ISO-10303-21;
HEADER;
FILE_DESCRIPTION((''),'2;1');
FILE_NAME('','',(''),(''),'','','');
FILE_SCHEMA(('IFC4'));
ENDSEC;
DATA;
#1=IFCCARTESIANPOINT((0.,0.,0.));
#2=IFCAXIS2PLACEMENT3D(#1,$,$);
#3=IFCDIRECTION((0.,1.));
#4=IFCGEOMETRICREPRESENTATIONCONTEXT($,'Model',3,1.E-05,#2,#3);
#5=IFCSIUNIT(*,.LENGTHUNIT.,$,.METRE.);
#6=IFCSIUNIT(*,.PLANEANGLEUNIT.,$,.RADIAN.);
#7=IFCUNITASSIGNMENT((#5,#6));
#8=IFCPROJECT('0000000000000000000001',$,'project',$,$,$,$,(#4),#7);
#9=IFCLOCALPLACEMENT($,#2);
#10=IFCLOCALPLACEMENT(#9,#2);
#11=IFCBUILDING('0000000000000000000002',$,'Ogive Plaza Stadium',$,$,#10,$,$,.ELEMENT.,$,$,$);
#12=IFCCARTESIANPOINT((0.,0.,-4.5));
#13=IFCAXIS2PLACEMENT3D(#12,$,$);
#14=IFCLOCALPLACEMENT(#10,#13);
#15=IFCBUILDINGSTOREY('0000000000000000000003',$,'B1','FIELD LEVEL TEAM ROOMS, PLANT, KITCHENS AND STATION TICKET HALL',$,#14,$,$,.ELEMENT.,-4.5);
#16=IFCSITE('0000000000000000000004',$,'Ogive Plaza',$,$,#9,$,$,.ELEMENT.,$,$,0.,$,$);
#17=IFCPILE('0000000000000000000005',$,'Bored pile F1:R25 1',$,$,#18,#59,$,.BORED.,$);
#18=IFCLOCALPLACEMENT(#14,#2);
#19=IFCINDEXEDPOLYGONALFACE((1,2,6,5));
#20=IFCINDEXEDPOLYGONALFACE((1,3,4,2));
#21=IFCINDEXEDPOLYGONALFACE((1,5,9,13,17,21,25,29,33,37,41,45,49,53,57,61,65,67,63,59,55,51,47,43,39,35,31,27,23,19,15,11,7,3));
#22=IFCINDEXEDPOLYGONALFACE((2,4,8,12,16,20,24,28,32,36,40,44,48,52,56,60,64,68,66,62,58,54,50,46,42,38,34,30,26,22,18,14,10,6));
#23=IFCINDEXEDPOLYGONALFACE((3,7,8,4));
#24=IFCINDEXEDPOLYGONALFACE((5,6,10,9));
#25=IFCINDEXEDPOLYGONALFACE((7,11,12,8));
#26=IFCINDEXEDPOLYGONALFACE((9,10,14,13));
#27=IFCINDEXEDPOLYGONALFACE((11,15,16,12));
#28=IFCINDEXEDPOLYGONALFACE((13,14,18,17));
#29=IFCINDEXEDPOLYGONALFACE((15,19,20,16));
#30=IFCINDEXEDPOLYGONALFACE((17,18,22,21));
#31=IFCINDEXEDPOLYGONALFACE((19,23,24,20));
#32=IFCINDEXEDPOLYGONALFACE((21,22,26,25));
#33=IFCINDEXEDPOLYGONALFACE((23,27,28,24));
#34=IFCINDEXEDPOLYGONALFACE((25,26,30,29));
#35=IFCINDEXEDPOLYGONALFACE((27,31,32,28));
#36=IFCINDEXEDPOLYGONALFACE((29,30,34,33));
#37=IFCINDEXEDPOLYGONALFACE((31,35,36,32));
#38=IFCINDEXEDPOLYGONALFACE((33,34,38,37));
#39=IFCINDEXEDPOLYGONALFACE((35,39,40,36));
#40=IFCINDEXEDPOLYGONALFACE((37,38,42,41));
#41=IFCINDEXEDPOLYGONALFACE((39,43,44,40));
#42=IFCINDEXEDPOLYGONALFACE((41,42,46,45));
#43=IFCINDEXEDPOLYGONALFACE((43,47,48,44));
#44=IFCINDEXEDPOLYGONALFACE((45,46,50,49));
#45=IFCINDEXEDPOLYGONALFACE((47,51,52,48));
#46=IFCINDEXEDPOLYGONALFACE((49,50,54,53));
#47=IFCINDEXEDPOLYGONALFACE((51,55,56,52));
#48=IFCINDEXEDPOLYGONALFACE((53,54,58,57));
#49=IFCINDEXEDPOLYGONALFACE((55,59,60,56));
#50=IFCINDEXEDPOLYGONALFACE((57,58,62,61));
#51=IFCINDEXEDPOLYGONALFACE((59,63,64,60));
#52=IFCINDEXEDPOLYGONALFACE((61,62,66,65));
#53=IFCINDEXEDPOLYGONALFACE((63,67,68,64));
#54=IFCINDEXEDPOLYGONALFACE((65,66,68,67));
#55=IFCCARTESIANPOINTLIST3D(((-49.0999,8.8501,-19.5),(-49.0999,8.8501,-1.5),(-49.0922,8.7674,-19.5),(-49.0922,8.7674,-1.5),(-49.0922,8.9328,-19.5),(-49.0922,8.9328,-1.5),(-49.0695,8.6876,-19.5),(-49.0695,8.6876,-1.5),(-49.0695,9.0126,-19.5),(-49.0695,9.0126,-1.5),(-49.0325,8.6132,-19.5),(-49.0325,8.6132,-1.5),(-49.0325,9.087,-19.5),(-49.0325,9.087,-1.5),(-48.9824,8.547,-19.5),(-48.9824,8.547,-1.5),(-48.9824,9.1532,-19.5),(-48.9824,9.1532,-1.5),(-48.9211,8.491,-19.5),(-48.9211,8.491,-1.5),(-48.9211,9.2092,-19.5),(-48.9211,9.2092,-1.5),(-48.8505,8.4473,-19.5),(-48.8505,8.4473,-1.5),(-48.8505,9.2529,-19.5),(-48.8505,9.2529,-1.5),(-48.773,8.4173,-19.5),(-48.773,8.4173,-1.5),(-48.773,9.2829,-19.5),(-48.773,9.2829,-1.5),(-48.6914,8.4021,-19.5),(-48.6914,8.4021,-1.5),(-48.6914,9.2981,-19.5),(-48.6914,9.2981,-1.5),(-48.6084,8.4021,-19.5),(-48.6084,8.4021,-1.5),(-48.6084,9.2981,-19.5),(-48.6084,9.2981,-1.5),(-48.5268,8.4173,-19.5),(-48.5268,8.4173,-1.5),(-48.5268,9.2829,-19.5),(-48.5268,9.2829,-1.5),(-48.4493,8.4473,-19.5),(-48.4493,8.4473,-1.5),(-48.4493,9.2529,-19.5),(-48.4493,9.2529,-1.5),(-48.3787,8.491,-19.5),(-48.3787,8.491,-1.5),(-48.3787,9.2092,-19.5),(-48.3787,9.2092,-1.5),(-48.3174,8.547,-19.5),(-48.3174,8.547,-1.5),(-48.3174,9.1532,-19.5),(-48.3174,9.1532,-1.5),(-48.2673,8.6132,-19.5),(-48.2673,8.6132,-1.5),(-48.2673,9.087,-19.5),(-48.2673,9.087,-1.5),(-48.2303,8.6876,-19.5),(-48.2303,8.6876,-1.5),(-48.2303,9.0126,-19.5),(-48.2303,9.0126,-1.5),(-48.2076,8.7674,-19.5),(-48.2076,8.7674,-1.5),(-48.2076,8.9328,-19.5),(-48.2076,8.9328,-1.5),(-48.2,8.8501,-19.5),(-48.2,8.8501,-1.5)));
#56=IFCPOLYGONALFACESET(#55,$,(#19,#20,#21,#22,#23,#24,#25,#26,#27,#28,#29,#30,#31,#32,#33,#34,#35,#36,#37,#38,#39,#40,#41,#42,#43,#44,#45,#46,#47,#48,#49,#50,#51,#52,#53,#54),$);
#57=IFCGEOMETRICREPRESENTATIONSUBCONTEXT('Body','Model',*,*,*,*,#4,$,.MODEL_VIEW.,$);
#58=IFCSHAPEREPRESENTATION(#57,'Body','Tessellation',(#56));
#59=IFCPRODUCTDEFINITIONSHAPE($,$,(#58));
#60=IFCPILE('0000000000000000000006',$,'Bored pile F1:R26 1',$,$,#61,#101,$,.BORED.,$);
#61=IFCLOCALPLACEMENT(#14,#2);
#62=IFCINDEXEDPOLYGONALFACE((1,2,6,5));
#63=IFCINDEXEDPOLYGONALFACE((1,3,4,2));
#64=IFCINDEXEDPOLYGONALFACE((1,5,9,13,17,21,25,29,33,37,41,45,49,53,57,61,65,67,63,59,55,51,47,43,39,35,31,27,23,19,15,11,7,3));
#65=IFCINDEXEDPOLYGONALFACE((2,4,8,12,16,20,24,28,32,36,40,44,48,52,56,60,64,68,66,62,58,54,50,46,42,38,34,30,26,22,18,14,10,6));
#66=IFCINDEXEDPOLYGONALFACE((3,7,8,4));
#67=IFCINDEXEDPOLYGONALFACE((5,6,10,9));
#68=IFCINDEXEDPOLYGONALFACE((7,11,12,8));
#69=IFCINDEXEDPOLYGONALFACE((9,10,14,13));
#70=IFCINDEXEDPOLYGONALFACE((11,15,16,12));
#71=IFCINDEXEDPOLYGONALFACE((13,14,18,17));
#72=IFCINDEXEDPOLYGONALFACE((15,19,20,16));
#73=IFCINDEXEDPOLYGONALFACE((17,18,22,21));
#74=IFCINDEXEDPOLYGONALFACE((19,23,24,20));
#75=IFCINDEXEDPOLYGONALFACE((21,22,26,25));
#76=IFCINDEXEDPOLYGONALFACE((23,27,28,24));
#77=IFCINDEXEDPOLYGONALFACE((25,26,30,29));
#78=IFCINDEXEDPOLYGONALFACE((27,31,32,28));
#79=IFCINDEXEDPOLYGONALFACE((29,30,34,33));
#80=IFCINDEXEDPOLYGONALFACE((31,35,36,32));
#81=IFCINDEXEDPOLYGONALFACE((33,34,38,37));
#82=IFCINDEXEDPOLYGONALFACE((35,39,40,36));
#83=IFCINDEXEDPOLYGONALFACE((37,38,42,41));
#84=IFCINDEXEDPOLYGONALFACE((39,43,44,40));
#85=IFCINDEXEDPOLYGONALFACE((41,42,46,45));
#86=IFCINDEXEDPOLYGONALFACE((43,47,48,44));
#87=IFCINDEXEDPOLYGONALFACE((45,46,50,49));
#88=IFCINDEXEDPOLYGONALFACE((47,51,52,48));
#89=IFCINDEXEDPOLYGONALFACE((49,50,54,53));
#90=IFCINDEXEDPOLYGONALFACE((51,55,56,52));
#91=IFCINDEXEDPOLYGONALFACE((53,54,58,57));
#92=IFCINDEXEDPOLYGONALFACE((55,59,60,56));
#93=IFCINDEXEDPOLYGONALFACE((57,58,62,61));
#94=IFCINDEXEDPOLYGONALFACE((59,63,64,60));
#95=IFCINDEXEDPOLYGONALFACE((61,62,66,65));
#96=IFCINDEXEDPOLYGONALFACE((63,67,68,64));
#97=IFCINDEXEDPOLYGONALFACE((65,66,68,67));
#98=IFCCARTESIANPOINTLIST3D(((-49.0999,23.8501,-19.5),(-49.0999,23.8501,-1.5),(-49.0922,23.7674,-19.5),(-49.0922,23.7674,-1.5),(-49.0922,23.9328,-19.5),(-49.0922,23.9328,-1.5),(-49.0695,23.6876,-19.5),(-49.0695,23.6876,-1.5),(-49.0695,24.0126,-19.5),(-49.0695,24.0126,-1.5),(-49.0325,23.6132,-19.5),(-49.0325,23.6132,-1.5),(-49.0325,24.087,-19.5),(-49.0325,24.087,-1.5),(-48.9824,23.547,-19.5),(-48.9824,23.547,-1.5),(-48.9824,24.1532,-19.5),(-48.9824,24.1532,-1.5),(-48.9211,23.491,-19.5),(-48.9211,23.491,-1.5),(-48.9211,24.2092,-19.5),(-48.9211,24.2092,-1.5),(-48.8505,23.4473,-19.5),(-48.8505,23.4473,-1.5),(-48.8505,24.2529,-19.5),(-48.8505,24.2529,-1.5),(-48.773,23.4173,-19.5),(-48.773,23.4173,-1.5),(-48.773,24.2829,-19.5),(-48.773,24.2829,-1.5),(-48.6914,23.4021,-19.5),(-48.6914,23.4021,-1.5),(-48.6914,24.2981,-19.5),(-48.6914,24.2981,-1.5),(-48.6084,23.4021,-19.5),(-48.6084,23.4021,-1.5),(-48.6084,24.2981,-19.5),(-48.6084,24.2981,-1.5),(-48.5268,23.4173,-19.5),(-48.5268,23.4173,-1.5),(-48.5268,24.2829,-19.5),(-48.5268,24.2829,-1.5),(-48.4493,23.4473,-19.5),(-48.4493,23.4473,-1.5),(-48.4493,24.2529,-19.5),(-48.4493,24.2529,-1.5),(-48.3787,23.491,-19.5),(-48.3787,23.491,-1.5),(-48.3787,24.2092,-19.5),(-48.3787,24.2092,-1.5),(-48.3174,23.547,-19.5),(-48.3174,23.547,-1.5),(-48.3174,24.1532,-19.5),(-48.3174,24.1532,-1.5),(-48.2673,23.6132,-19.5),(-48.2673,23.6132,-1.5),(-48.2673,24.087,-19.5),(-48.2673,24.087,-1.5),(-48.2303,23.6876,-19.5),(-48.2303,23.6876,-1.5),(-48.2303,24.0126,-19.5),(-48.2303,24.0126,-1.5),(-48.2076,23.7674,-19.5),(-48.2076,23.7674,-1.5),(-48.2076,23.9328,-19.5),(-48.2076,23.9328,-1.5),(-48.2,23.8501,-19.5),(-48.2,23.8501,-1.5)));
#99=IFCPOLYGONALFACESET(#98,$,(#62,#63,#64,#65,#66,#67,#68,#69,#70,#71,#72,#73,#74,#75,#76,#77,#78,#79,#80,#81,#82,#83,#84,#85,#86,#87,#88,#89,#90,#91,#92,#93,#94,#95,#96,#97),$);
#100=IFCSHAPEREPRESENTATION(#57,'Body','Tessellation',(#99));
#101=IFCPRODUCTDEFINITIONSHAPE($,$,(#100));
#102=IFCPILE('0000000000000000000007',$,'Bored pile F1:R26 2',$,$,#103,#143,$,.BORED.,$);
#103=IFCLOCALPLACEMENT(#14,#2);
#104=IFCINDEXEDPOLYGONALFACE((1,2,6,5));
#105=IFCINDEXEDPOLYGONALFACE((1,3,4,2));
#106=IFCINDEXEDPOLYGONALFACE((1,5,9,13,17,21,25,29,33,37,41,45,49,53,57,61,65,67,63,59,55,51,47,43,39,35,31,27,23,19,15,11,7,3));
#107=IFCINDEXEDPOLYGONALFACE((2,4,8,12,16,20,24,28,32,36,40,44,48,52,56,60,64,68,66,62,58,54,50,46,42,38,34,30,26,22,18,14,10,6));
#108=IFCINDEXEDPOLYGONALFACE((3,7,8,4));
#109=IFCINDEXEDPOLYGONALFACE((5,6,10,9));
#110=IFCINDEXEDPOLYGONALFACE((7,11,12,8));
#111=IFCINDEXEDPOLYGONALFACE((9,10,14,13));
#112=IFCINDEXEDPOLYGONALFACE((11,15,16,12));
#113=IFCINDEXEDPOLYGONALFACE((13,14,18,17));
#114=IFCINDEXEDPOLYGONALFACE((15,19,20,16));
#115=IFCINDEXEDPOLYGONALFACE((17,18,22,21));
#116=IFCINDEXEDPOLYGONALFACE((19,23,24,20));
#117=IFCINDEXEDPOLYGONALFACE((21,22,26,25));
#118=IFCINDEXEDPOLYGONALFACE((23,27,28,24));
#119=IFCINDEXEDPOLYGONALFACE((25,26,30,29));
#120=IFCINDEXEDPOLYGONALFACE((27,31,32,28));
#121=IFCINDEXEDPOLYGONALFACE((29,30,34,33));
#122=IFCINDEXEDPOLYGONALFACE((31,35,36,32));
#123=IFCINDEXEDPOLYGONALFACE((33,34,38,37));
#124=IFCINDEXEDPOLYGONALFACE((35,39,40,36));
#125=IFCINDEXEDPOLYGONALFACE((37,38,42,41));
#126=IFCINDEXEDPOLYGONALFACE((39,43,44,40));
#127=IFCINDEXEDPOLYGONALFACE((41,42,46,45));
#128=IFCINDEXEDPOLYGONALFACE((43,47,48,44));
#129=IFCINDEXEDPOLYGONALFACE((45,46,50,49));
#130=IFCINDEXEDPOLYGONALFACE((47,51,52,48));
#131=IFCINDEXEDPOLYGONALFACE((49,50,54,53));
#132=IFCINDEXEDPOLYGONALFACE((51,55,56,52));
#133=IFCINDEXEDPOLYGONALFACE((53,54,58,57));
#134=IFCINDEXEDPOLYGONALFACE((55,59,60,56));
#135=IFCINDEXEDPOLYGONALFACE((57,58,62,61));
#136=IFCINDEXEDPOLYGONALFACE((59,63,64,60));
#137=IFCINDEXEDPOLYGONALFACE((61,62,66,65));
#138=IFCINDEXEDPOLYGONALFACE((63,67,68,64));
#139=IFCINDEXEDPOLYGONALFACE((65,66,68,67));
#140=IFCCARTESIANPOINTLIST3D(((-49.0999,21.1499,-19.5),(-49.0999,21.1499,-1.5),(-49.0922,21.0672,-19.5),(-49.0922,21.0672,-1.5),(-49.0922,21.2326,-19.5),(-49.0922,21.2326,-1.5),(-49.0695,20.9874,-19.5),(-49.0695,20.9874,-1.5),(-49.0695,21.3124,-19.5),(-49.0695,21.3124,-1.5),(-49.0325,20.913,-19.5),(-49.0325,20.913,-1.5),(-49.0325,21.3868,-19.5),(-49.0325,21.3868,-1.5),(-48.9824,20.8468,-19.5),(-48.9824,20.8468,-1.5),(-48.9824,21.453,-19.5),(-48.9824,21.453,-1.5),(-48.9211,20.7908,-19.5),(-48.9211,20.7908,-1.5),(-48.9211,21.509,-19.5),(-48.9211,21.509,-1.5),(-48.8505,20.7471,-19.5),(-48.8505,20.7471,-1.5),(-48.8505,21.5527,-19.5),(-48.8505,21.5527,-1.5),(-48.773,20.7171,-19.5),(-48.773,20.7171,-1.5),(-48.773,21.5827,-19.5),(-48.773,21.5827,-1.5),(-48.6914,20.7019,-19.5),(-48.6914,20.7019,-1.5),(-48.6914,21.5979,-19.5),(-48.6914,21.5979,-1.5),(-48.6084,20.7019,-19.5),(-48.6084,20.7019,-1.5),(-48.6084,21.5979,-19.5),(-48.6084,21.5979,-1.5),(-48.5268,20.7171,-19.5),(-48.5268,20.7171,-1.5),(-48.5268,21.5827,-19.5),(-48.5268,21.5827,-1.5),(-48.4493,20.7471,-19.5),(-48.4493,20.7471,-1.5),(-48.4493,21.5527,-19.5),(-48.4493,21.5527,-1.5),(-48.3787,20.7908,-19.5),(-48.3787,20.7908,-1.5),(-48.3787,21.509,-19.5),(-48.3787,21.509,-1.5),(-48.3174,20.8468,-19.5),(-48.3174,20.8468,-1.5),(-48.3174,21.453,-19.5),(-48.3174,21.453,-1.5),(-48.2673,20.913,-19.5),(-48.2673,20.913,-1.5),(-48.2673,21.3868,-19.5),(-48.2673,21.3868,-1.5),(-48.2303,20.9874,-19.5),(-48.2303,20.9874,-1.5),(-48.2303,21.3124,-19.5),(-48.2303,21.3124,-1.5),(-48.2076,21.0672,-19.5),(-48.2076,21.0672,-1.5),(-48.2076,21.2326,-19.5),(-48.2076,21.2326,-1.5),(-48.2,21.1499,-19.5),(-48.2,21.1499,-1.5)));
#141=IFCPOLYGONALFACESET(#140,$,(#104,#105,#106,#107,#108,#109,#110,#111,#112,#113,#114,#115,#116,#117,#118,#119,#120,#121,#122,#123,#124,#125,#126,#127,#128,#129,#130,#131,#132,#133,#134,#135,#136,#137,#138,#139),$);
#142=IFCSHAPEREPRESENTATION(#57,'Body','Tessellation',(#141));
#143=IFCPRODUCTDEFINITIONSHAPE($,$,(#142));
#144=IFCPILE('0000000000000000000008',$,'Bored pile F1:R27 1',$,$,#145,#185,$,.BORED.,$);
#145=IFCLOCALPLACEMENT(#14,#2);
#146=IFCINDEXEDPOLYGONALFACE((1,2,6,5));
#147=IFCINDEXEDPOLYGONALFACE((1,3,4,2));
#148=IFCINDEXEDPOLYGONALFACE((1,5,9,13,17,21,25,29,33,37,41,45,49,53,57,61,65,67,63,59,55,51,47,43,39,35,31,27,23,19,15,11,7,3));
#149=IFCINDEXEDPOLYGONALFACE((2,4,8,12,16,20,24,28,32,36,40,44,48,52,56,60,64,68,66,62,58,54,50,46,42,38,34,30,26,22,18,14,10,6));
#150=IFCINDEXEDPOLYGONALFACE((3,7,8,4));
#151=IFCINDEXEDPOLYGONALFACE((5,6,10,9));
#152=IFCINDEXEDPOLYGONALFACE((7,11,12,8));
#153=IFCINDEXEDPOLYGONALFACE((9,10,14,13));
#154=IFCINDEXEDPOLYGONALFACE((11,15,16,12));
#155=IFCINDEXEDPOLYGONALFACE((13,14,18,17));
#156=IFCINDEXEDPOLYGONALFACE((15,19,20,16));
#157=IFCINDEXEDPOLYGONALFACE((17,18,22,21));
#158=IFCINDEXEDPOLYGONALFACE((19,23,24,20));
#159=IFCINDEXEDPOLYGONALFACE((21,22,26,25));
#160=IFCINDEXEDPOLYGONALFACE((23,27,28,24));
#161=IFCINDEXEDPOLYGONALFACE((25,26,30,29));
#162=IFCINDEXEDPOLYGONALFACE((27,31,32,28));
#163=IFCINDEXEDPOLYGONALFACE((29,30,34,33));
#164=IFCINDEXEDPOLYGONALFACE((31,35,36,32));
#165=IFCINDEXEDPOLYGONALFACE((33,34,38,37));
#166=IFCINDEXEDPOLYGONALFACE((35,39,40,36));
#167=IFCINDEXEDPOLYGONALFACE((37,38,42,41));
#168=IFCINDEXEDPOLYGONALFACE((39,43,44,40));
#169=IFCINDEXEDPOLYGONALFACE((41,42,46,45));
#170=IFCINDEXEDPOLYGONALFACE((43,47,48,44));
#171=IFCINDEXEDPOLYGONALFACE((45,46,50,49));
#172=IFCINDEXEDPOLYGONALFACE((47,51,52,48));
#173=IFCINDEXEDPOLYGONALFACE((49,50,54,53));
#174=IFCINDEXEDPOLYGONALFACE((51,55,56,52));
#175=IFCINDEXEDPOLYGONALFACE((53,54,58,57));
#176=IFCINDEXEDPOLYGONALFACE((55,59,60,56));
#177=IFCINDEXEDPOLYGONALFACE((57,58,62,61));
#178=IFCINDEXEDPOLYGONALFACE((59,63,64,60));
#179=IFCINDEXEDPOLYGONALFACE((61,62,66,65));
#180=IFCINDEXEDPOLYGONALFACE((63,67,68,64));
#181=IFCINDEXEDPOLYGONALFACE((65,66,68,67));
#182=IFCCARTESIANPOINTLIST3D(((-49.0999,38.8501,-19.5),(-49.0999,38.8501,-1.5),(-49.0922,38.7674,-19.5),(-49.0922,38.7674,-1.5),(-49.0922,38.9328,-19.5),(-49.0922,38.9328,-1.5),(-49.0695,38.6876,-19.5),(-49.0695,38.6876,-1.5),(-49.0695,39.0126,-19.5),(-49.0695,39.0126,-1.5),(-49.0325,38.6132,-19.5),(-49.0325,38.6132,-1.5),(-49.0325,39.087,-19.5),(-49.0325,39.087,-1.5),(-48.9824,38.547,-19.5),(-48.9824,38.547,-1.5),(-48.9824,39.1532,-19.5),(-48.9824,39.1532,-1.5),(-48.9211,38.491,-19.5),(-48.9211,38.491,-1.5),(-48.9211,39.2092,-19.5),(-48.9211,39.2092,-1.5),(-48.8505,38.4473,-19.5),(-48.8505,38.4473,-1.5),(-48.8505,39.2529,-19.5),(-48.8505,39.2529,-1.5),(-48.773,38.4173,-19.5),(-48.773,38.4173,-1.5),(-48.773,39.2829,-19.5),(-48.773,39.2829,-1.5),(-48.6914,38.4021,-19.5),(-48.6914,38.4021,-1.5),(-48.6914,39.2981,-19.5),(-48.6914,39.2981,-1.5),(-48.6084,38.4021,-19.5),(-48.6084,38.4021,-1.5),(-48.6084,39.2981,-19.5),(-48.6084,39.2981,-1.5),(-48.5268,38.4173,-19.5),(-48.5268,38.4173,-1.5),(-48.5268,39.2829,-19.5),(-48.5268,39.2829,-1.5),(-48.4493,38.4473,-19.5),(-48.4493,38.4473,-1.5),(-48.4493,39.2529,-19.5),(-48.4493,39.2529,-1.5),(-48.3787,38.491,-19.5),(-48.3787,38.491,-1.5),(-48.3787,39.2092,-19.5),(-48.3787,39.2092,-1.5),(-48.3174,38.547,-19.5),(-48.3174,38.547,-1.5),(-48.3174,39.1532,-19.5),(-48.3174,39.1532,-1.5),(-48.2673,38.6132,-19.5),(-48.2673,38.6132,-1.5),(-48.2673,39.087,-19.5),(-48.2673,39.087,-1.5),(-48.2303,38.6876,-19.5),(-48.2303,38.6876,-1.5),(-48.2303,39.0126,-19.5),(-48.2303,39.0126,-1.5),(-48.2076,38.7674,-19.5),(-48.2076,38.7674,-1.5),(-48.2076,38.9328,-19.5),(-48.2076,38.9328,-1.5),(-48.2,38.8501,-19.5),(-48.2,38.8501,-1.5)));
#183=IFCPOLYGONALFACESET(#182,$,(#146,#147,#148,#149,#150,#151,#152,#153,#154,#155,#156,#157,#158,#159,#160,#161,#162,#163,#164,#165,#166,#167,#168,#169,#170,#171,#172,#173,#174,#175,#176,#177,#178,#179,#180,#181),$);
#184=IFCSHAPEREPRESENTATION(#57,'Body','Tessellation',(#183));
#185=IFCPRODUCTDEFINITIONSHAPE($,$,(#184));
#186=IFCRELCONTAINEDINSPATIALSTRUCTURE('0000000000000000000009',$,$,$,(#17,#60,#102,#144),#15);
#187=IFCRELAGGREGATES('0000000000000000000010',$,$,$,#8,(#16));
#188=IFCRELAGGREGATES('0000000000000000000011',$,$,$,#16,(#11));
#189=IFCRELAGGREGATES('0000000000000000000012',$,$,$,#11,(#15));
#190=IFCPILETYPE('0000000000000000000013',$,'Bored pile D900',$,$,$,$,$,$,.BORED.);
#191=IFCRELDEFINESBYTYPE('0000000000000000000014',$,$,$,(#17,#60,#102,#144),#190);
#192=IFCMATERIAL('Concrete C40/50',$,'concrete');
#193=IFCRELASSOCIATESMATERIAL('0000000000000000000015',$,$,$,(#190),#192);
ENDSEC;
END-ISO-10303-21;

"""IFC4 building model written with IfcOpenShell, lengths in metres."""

from ifc_helpers import new_model, si_unit, direction, frame, origin, origin_2d, place, context, subcontext, project, spatial, circle, extrude, material, material_profile, profile_set, type_object, element, save


model = new_model("IFC4")

# Units and contexts
model_context = context("Model", 3, precision=1e-05, world=origin(), true_north=direction((0.0, 1.0)))
body_context = subcontext(model_context, "Body", "Model", "MODEL_VIEW")
ifc_project = project(units=[si_unit("LENGTHUNIT", "METRE"), si_unit("PLANEANGLEUNIT", "RADIAN")], contexts=[model_context])

# Site, building, storey
site_placement = place(None, origin())
site = spatial("IfcSite", under=ifc_project, at=site_placement, Name="Ogive Plaza", CompositionType="ELEMENT", RefElevation=0.0)
building_placement = place(site_placement, origin())
building = spatial("IfcBuilding", under=site, at=building_placement, Name="Ogive Plaza Stadium", CompositionType="ELEMENT")
storey_placement = place(building_placement, frame((0.0, 0.0, -4.5)))
storey = spatial("IfcBuildingStorey", under=building, at=storey_placement, Name="B1", Description="FIELD LEVEL TEAM ROOMS, PLANT, KITCHENS AND STATION TICKET HALL", CompositionType="ELEMENT", Elevation=-4.5)

# Piles
ifc_material_1 = material(Name="Concrete C40/50", Category="concrete")
ifc_material_profile_1 = material_profile(ifc_material_1, circle(Radius=0.45, at=origin_2d()), Name="RC D900")
ifc_profile_set_1 = profile_set([ifc_material_profile_1], Name="Concrete C40/50")
pile_type = type_object("IfcPileType", Name="Bored pile D900", PredefinedType="BORED", material=ifc_profile_set_1)
for number, where, z_axis, x_axis, name in (
    (1, (-48.6499, 8.8501, -1.5), (0.0, 0.0, -1.0), (1.0, 0.0, 0.0), "Bored pile F1:R25 1"),
    (2, (-48.6499, 23.8501, -1.5), (0.0, 0.0, -1.0), (1.0, 0.0, 0.0), "Bored pile F1:R26 1"),
    (3, (-48.6499, 21.1499, -1.5), (0.0, 0.0, -1.0), (1.0, 0.0, 0.0), "Bored pile F1:R26 2"),
    (4, (-48.6499, 38.8501, -1.5), (0.0, 0.0, -1.0), (1.0, 0.0, 0.0), "Bored pile F1:R27 1"),
):
    element("IfcPile", number, at=place(storey_placement, frame(where, z_axis=z_axis, x_axis=x_axis)), inside=storey, type_object=pile_type, Name=name, PredefinedType="BORED", context=body_context, shape_type="SweptSolid", body=[
        extrude(circle(Radius=0.45, at=origin_2d()), origin(), (0.0, 0.0, 1.0), 18.0),
    ])

save(model, "model.ifc")
